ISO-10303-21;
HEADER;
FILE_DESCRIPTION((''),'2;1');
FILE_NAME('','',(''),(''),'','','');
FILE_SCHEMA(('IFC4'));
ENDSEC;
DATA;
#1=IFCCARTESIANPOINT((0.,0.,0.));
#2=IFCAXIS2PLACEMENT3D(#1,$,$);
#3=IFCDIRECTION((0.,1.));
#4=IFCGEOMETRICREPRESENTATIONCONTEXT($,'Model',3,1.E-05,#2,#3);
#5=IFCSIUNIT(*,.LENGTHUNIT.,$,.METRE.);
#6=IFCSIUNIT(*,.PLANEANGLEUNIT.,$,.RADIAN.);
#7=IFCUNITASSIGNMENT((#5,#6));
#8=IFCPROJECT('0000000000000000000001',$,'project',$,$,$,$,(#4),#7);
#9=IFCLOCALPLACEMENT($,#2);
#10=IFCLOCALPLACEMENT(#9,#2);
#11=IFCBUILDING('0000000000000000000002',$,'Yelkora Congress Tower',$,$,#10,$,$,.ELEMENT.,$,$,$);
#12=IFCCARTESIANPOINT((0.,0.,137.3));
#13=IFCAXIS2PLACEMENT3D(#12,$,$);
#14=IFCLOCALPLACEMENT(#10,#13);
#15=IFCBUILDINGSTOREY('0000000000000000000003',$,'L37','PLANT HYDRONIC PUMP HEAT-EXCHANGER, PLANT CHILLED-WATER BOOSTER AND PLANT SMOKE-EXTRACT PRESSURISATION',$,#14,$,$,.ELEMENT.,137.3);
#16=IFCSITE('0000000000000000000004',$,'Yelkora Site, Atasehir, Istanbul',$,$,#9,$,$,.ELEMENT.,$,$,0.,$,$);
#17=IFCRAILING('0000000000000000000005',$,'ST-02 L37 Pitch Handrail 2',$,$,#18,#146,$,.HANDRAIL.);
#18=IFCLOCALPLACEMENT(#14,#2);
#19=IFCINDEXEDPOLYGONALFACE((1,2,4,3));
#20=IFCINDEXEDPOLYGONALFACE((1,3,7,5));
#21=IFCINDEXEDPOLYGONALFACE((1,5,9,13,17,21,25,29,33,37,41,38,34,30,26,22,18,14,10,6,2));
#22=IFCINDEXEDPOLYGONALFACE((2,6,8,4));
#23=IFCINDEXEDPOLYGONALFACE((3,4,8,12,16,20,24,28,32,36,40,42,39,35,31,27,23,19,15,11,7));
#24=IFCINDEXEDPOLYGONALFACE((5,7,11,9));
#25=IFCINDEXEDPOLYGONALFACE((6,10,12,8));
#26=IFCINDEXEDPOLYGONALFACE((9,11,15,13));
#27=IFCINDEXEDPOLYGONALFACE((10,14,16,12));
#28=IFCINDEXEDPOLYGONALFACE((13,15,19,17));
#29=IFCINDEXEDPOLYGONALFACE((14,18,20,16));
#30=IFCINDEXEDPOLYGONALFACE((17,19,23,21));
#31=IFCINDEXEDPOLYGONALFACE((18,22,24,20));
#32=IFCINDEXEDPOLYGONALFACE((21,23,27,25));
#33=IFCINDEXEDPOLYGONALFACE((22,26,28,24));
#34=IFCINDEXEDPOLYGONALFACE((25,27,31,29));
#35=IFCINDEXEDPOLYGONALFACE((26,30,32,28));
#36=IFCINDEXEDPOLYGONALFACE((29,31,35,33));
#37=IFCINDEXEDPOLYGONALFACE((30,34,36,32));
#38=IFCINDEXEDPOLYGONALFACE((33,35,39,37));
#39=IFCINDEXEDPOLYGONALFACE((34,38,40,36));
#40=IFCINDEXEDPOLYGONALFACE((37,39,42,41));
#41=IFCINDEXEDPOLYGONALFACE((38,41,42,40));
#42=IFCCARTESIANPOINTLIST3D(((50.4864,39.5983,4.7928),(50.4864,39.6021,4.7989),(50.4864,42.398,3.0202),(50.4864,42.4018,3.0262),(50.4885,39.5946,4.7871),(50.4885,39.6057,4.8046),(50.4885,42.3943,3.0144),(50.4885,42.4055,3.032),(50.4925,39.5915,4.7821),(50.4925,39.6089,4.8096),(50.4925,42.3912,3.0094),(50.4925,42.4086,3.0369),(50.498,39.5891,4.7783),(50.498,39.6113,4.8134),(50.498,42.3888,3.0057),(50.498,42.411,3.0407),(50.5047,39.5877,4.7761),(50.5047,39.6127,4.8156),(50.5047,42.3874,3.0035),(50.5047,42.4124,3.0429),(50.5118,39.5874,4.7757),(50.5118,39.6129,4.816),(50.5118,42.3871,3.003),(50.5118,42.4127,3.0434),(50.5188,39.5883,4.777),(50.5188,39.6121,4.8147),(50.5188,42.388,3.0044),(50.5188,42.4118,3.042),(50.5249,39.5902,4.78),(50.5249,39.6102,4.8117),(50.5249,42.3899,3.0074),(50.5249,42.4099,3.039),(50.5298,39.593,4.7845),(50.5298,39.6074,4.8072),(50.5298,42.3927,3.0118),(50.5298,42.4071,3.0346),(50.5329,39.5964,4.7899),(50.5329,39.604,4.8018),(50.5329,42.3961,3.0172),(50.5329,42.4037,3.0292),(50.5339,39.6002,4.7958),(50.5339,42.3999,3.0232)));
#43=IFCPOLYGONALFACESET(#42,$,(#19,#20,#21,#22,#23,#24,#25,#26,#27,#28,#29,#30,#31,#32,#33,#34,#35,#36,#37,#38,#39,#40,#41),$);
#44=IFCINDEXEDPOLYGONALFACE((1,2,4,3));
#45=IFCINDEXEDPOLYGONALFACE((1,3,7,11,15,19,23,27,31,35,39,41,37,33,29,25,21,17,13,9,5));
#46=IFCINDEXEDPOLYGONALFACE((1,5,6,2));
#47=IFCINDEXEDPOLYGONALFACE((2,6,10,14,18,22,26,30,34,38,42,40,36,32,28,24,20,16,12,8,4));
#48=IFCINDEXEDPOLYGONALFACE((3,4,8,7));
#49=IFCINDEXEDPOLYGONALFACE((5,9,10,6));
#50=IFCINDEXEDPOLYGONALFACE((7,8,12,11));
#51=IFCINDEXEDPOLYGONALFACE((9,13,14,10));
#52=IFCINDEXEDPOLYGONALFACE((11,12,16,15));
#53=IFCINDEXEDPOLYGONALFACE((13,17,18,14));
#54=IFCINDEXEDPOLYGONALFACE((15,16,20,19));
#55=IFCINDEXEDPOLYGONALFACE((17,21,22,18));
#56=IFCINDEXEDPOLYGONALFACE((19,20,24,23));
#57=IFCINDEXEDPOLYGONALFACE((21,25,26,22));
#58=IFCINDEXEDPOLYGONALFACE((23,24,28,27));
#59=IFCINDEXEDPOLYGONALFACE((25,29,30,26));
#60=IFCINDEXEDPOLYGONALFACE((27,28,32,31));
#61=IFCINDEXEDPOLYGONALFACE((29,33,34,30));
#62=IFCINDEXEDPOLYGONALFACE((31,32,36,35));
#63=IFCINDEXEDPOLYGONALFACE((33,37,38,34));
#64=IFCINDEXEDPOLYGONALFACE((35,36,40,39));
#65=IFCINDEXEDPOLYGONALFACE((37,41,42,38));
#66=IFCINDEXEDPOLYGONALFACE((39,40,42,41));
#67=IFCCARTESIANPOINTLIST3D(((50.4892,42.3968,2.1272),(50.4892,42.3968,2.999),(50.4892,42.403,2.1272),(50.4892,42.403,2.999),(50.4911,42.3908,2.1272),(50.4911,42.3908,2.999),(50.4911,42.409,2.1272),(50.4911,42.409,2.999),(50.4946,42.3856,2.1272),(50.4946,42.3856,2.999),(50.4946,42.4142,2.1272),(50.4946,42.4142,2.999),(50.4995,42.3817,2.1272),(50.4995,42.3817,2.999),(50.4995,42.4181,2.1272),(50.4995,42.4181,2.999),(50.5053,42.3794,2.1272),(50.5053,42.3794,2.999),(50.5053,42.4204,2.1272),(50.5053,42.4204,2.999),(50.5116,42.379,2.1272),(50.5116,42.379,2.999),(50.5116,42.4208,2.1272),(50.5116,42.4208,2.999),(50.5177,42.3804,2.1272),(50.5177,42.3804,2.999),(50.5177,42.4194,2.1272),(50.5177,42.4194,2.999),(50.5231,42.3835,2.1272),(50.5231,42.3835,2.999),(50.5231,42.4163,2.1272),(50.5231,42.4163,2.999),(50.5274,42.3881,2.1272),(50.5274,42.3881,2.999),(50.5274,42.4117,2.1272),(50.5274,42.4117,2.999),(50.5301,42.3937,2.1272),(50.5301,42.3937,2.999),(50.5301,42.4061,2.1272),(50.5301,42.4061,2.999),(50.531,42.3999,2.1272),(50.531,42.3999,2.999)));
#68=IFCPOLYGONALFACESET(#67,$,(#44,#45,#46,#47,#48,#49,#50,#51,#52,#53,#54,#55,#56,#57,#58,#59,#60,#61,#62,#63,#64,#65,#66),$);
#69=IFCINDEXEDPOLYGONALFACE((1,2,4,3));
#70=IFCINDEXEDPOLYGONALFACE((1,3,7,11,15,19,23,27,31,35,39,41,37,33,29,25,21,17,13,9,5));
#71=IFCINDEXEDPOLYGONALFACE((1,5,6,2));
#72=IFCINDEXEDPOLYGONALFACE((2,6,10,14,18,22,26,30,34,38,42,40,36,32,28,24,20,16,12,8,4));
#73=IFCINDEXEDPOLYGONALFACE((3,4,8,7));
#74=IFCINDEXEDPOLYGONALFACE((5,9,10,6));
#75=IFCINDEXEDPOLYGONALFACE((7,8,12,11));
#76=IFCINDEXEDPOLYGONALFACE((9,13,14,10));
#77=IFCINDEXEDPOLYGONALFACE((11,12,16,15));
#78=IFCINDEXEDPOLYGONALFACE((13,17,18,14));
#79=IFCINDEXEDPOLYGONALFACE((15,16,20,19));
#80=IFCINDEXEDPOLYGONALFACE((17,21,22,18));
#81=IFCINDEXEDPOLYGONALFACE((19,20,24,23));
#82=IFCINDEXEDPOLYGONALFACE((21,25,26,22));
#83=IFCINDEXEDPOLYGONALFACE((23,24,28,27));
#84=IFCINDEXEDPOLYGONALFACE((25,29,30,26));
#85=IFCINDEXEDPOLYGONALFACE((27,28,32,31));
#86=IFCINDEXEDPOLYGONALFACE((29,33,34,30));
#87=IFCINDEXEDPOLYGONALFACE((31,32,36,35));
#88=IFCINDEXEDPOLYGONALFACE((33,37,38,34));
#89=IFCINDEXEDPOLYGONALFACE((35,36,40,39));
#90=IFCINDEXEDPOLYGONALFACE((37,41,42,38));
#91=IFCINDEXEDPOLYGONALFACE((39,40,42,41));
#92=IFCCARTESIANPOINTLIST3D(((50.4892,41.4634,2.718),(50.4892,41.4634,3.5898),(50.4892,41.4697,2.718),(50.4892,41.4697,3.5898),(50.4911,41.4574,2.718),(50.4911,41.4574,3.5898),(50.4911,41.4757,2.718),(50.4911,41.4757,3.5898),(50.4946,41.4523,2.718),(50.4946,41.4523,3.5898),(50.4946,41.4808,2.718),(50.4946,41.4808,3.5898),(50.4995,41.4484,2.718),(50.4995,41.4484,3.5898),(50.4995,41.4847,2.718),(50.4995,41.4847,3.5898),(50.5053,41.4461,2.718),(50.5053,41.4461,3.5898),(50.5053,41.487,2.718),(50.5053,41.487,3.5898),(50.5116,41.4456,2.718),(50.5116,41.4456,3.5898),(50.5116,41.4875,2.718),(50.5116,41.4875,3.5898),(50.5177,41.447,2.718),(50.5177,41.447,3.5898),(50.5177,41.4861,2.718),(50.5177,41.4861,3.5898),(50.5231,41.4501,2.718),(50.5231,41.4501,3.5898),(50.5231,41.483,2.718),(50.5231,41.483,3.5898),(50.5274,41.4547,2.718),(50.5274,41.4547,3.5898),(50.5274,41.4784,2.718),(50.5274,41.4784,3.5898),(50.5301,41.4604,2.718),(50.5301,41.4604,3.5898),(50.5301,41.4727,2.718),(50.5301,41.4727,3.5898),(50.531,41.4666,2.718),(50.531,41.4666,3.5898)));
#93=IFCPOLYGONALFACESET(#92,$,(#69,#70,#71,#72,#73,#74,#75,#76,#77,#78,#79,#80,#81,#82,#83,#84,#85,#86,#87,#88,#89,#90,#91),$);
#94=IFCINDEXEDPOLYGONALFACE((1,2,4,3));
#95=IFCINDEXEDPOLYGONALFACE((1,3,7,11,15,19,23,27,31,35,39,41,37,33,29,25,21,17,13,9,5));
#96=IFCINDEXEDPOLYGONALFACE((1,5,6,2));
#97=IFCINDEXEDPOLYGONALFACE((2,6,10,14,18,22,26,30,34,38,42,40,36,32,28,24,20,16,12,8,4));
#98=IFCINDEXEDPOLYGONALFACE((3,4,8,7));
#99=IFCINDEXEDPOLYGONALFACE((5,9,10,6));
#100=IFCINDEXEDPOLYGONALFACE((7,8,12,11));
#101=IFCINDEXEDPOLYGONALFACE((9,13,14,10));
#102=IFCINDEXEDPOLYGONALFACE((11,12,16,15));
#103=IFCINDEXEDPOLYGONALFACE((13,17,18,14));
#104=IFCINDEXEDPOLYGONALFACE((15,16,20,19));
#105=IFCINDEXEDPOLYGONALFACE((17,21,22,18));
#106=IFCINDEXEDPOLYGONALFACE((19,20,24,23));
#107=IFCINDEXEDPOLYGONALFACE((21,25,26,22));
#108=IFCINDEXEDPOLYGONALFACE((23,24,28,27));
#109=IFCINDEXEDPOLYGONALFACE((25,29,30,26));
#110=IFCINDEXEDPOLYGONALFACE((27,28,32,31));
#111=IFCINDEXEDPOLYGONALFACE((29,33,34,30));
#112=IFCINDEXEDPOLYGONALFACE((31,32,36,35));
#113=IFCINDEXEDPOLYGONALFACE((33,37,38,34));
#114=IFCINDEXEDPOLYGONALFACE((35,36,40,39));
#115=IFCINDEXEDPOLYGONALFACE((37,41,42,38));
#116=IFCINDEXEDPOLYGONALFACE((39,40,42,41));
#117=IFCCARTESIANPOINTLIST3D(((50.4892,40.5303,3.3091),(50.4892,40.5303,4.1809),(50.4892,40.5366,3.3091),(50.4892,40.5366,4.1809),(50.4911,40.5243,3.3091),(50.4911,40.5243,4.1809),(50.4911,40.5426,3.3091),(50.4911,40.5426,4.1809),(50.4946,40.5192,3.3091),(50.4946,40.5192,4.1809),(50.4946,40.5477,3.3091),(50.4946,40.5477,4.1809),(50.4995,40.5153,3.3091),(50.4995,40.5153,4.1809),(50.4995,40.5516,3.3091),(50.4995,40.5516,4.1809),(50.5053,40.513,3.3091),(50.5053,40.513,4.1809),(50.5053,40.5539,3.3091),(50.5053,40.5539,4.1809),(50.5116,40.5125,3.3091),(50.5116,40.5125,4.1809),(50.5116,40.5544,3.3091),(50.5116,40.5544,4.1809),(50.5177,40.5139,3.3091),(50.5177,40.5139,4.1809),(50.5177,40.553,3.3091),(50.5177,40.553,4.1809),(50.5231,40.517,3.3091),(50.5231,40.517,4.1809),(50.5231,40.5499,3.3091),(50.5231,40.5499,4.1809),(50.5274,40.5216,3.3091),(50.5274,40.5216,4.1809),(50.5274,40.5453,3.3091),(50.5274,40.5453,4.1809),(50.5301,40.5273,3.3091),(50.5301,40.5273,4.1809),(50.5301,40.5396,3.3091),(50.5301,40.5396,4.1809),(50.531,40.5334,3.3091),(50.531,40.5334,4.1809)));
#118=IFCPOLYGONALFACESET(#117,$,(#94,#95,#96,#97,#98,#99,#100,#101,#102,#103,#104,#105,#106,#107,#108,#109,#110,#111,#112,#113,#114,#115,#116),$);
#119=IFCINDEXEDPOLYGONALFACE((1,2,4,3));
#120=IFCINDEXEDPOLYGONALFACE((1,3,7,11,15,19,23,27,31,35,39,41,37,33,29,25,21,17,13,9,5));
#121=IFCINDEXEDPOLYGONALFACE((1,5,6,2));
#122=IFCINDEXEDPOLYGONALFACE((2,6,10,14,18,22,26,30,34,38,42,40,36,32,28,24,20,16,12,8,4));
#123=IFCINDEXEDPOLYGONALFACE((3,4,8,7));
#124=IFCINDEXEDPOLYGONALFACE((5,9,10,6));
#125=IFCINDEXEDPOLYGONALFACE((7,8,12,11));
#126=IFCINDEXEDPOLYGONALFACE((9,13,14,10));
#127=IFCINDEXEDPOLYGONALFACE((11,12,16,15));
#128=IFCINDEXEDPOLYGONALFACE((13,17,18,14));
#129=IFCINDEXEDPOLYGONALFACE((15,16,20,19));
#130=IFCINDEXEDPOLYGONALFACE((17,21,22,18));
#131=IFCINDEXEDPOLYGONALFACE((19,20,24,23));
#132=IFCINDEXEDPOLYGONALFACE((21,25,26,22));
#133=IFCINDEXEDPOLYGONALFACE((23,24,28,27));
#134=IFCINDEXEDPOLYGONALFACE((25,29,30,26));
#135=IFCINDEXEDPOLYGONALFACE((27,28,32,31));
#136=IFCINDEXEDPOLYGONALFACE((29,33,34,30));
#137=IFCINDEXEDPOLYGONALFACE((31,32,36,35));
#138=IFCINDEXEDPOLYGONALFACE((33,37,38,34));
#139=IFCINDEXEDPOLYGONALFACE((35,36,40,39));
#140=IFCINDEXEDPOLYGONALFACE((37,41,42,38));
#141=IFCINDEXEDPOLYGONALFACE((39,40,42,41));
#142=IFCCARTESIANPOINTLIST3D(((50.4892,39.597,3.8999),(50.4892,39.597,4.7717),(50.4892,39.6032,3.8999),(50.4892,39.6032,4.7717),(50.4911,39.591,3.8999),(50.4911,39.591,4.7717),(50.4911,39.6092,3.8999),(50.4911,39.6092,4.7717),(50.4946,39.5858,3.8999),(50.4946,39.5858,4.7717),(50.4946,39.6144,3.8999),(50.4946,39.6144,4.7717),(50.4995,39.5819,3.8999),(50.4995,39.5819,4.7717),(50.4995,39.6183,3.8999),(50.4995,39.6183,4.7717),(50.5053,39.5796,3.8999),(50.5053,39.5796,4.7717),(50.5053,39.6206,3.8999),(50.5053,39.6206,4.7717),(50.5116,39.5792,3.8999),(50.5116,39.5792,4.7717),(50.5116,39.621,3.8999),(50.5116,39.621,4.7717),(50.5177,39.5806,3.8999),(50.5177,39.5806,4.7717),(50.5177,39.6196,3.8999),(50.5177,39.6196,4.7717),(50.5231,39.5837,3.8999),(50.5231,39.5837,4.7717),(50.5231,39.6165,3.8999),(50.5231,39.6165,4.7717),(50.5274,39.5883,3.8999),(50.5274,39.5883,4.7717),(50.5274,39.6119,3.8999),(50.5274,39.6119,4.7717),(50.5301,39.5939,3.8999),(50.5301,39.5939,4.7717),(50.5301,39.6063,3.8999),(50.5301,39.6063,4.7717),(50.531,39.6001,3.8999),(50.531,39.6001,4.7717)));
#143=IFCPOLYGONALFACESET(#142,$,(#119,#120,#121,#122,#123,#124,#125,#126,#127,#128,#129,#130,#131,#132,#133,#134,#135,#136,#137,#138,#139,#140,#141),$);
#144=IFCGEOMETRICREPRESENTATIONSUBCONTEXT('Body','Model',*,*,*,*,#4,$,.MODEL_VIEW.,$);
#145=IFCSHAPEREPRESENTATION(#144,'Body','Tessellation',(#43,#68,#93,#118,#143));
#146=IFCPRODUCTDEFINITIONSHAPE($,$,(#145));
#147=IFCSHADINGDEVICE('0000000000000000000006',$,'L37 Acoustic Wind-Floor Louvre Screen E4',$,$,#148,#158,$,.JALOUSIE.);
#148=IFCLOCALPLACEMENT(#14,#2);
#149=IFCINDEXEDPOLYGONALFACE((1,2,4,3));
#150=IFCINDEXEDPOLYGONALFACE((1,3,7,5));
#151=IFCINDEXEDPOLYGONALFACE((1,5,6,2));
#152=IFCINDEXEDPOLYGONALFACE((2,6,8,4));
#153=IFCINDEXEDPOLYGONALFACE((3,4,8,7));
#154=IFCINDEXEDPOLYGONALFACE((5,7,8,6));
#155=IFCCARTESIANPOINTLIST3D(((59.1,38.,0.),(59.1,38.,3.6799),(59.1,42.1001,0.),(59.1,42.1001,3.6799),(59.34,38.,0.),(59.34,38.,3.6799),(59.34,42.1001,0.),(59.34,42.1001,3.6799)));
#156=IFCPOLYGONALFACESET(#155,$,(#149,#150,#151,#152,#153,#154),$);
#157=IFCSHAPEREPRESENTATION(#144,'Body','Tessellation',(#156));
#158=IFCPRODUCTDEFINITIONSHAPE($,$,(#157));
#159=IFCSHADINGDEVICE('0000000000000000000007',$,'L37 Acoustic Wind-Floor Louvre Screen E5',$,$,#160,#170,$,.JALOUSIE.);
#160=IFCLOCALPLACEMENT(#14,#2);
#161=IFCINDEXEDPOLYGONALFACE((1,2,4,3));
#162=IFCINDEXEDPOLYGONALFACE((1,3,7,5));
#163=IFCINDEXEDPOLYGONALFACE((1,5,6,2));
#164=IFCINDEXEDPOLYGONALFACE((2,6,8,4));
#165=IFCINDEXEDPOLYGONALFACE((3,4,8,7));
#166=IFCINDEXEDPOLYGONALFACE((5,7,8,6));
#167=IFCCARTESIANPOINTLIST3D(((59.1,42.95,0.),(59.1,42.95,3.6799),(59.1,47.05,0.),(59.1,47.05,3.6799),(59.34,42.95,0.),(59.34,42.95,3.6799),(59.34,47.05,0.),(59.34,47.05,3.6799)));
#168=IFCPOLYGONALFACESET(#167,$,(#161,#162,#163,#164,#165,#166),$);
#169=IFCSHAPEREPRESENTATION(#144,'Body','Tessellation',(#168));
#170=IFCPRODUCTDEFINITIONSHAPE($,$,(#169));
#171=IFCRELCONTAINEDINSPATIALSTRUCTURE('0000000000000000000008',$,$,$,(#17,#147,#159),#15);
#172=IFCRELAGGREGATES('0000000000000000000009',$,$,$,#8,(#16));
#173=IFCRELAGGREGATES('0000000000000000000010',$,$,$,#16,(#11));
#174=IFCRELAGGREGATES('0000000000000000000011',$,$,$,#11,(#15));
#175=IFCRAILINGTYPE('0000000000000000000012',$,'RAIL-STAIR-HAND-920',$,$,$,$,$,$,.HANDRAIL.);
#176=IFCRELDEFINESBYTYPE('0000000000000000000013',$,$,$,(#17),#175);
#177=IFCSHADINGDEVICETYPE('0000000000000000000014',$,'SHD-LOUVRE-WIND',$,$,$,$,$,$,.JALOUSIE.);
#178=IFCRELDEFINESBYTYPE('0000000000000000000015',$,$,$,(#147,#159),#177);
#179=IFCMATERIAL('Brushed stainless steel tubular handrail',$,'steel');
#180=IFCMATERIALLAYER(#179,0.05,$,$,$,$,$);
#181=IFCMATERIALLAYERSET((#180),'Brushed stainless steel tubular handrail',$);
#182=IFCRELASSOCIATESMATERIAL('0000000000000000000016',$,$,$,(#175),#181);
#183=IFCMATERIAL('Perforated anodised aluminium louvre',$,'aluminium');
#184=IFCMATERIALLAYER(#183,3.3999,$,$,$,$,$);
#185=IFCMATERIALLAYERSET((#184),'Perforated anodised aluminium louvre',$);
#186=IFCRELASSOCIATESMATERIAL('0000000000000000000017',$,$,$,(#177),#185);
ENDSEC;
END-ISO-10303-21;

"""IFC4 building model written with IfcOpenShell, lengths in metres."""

from ifc_helpers import new_model, si_unit, direction, frame, origin, origin_2d, place, context, subcontext, project, spatial, rectangle, circle, extrude, material, layer, layer_set, type_object, element, save


model = new_model("IFC4")

# Units and contexts
model_context = context("Model", 3, precision=1e-05, world=origin(), true_north=direction((0.0, 1.0)))
body_context = subcontext(model_context, "Body", "Model", "MODEL_VIEW")
ifc_project = project(units=[si_unit("LENGTHUNIT", "METRE"), si_unit("PLANEANGLEUNIT", "RADIAN")], contexts=[model_context])

# Site, building, storey
site_placement = place(None, origin())
site = spatial("IfcSite", under=ifc_project, at=site_placement, Name="Yelkora Site, Atasehir, Istanbul", CompositionType="ELEMENT", RefElevation=0.0)
building_placement = place(site_placement, origin())
building = spatial("IfcBuilding", under=site, at=building_placement, Name="Yelkora Congress Tower", CompositionType="ELEMENT")
storey_placement = place(building_placement, frame((0.0, 0.0, 137.3)))
storey = spatial("IfcBuildingStorey", under=building, at=storey_placement, Name="L37", Description="PLANT HYDRONIC PUMP HEAT-EXCHANGER, PLANT CHILLED-WATER BOOSTER AND PLANT SMOKE-EXTRACT PRESSURISATION", CompositionType="ELEMENT", Elevation=137.3)

# Railing
ifc_material_1 = material(Name="Brushed stainless steel tubular handrail", Category="steel")
ifc_layer_1 = layer(ifc_material_1, 0.05)
ifc_layer_set_1 = layer_set([ifc_layer_1], Name="Brushed stainless steel tubular handrail")
railing_type_1 = type_object("IfcRailingType", Name="RAIL-STAIR-HAND-920", PredefinedType="HANDRAIL", material=ifc_layer_set_1)
railing_1_placement = place(storey_placement, frame((50.51, 42.3999, 2.1272)))
element("IfcRailing", 1, at=railing_1_placement, inside=storey, type_object=railing_type_1, Name="ST-02 L37 Pitch Handrail 2", PredefinedType="HANDRAIL", context=body_context, shape_type="SweptSolid", body=[
    extrude(circle(Radius=0.0239, at=origin_2d()), frame((0.0, 0.0, 0.896), z_axis=(0.0, -0.844888, 0.534943), x_axis=(1.0, 0.0, 0.0)), (0.0, 0.0, 1.0), 3.3137),
    extrude(circle(Radius=0.021, at=origin_2d()), origin(), (0.0, 0.0, 1.0), 0.8718),
    extrude(circle(Radius=0.021, at=origin_2d()), frame((0.0, -0.9333, 0.5908)), (0.0, 0.0, 1.0), 0.8718),
    extrude(circle(Radius=0.021, at=origin_2d()), frame((0.0, -1.8665, 1.1819)), (0.0, 0.0, 1.0), 0.8718),
    extrude(circle(Radius=0.021, at=origin_2d()), frame((0.0, -2.7998, 1.7727)), (0.0, 0.0, 1.0), 0.8718),
])

# Shading devices
ifc_material_2 = material(Name="Perforated anodised aluminium louvre", Category="aluminium")
ifc_layer_2 = layer(ifc_material_2, 3.3999)
ifc_layer_set_2 = layer_set([ifc_layer_2], Name="Perforated anodised aluminium louvre")
shading_device_type = type_object("IfcShadingDeviceType", Name="SHD-LOUVRE-WIND", PredefinedType="JALOUSIE", material=ifc_layer_set_2)
for number, where, z_axis, x_axis, name in (
    (2, (59.22, 40.05, 0.0), (0.0, 0.0, 1.0), (1.0, 0.0, 0.0), "L37 Acoustic Wind-Floor Louvre Screen E4"),
    (3, (59.22, 45.0, 0.0), (0.0, 0.0, 1.0), (1.0, 0.0, 0.0), "L37 Acoustic Wind-Floor Louvre Screen E5"),
):
    element("IfcShadingDevice", number, at=place(storey_placement, frame(where, z_axis=z_axis, x_axis=x_axis)), inside=storey, type_object=shading_device_type, Name=name, PredefinedType="JALOUSIE", context=body_context, shape_type="SweptSolid", body=[
        extrude(rectangle(XDim=0.24, YDim=4.1001, at=origin_2d()), origin(), (0.0, 0.0, 1.0), 3.6799),
    ])

save(model, "model.ifc")
